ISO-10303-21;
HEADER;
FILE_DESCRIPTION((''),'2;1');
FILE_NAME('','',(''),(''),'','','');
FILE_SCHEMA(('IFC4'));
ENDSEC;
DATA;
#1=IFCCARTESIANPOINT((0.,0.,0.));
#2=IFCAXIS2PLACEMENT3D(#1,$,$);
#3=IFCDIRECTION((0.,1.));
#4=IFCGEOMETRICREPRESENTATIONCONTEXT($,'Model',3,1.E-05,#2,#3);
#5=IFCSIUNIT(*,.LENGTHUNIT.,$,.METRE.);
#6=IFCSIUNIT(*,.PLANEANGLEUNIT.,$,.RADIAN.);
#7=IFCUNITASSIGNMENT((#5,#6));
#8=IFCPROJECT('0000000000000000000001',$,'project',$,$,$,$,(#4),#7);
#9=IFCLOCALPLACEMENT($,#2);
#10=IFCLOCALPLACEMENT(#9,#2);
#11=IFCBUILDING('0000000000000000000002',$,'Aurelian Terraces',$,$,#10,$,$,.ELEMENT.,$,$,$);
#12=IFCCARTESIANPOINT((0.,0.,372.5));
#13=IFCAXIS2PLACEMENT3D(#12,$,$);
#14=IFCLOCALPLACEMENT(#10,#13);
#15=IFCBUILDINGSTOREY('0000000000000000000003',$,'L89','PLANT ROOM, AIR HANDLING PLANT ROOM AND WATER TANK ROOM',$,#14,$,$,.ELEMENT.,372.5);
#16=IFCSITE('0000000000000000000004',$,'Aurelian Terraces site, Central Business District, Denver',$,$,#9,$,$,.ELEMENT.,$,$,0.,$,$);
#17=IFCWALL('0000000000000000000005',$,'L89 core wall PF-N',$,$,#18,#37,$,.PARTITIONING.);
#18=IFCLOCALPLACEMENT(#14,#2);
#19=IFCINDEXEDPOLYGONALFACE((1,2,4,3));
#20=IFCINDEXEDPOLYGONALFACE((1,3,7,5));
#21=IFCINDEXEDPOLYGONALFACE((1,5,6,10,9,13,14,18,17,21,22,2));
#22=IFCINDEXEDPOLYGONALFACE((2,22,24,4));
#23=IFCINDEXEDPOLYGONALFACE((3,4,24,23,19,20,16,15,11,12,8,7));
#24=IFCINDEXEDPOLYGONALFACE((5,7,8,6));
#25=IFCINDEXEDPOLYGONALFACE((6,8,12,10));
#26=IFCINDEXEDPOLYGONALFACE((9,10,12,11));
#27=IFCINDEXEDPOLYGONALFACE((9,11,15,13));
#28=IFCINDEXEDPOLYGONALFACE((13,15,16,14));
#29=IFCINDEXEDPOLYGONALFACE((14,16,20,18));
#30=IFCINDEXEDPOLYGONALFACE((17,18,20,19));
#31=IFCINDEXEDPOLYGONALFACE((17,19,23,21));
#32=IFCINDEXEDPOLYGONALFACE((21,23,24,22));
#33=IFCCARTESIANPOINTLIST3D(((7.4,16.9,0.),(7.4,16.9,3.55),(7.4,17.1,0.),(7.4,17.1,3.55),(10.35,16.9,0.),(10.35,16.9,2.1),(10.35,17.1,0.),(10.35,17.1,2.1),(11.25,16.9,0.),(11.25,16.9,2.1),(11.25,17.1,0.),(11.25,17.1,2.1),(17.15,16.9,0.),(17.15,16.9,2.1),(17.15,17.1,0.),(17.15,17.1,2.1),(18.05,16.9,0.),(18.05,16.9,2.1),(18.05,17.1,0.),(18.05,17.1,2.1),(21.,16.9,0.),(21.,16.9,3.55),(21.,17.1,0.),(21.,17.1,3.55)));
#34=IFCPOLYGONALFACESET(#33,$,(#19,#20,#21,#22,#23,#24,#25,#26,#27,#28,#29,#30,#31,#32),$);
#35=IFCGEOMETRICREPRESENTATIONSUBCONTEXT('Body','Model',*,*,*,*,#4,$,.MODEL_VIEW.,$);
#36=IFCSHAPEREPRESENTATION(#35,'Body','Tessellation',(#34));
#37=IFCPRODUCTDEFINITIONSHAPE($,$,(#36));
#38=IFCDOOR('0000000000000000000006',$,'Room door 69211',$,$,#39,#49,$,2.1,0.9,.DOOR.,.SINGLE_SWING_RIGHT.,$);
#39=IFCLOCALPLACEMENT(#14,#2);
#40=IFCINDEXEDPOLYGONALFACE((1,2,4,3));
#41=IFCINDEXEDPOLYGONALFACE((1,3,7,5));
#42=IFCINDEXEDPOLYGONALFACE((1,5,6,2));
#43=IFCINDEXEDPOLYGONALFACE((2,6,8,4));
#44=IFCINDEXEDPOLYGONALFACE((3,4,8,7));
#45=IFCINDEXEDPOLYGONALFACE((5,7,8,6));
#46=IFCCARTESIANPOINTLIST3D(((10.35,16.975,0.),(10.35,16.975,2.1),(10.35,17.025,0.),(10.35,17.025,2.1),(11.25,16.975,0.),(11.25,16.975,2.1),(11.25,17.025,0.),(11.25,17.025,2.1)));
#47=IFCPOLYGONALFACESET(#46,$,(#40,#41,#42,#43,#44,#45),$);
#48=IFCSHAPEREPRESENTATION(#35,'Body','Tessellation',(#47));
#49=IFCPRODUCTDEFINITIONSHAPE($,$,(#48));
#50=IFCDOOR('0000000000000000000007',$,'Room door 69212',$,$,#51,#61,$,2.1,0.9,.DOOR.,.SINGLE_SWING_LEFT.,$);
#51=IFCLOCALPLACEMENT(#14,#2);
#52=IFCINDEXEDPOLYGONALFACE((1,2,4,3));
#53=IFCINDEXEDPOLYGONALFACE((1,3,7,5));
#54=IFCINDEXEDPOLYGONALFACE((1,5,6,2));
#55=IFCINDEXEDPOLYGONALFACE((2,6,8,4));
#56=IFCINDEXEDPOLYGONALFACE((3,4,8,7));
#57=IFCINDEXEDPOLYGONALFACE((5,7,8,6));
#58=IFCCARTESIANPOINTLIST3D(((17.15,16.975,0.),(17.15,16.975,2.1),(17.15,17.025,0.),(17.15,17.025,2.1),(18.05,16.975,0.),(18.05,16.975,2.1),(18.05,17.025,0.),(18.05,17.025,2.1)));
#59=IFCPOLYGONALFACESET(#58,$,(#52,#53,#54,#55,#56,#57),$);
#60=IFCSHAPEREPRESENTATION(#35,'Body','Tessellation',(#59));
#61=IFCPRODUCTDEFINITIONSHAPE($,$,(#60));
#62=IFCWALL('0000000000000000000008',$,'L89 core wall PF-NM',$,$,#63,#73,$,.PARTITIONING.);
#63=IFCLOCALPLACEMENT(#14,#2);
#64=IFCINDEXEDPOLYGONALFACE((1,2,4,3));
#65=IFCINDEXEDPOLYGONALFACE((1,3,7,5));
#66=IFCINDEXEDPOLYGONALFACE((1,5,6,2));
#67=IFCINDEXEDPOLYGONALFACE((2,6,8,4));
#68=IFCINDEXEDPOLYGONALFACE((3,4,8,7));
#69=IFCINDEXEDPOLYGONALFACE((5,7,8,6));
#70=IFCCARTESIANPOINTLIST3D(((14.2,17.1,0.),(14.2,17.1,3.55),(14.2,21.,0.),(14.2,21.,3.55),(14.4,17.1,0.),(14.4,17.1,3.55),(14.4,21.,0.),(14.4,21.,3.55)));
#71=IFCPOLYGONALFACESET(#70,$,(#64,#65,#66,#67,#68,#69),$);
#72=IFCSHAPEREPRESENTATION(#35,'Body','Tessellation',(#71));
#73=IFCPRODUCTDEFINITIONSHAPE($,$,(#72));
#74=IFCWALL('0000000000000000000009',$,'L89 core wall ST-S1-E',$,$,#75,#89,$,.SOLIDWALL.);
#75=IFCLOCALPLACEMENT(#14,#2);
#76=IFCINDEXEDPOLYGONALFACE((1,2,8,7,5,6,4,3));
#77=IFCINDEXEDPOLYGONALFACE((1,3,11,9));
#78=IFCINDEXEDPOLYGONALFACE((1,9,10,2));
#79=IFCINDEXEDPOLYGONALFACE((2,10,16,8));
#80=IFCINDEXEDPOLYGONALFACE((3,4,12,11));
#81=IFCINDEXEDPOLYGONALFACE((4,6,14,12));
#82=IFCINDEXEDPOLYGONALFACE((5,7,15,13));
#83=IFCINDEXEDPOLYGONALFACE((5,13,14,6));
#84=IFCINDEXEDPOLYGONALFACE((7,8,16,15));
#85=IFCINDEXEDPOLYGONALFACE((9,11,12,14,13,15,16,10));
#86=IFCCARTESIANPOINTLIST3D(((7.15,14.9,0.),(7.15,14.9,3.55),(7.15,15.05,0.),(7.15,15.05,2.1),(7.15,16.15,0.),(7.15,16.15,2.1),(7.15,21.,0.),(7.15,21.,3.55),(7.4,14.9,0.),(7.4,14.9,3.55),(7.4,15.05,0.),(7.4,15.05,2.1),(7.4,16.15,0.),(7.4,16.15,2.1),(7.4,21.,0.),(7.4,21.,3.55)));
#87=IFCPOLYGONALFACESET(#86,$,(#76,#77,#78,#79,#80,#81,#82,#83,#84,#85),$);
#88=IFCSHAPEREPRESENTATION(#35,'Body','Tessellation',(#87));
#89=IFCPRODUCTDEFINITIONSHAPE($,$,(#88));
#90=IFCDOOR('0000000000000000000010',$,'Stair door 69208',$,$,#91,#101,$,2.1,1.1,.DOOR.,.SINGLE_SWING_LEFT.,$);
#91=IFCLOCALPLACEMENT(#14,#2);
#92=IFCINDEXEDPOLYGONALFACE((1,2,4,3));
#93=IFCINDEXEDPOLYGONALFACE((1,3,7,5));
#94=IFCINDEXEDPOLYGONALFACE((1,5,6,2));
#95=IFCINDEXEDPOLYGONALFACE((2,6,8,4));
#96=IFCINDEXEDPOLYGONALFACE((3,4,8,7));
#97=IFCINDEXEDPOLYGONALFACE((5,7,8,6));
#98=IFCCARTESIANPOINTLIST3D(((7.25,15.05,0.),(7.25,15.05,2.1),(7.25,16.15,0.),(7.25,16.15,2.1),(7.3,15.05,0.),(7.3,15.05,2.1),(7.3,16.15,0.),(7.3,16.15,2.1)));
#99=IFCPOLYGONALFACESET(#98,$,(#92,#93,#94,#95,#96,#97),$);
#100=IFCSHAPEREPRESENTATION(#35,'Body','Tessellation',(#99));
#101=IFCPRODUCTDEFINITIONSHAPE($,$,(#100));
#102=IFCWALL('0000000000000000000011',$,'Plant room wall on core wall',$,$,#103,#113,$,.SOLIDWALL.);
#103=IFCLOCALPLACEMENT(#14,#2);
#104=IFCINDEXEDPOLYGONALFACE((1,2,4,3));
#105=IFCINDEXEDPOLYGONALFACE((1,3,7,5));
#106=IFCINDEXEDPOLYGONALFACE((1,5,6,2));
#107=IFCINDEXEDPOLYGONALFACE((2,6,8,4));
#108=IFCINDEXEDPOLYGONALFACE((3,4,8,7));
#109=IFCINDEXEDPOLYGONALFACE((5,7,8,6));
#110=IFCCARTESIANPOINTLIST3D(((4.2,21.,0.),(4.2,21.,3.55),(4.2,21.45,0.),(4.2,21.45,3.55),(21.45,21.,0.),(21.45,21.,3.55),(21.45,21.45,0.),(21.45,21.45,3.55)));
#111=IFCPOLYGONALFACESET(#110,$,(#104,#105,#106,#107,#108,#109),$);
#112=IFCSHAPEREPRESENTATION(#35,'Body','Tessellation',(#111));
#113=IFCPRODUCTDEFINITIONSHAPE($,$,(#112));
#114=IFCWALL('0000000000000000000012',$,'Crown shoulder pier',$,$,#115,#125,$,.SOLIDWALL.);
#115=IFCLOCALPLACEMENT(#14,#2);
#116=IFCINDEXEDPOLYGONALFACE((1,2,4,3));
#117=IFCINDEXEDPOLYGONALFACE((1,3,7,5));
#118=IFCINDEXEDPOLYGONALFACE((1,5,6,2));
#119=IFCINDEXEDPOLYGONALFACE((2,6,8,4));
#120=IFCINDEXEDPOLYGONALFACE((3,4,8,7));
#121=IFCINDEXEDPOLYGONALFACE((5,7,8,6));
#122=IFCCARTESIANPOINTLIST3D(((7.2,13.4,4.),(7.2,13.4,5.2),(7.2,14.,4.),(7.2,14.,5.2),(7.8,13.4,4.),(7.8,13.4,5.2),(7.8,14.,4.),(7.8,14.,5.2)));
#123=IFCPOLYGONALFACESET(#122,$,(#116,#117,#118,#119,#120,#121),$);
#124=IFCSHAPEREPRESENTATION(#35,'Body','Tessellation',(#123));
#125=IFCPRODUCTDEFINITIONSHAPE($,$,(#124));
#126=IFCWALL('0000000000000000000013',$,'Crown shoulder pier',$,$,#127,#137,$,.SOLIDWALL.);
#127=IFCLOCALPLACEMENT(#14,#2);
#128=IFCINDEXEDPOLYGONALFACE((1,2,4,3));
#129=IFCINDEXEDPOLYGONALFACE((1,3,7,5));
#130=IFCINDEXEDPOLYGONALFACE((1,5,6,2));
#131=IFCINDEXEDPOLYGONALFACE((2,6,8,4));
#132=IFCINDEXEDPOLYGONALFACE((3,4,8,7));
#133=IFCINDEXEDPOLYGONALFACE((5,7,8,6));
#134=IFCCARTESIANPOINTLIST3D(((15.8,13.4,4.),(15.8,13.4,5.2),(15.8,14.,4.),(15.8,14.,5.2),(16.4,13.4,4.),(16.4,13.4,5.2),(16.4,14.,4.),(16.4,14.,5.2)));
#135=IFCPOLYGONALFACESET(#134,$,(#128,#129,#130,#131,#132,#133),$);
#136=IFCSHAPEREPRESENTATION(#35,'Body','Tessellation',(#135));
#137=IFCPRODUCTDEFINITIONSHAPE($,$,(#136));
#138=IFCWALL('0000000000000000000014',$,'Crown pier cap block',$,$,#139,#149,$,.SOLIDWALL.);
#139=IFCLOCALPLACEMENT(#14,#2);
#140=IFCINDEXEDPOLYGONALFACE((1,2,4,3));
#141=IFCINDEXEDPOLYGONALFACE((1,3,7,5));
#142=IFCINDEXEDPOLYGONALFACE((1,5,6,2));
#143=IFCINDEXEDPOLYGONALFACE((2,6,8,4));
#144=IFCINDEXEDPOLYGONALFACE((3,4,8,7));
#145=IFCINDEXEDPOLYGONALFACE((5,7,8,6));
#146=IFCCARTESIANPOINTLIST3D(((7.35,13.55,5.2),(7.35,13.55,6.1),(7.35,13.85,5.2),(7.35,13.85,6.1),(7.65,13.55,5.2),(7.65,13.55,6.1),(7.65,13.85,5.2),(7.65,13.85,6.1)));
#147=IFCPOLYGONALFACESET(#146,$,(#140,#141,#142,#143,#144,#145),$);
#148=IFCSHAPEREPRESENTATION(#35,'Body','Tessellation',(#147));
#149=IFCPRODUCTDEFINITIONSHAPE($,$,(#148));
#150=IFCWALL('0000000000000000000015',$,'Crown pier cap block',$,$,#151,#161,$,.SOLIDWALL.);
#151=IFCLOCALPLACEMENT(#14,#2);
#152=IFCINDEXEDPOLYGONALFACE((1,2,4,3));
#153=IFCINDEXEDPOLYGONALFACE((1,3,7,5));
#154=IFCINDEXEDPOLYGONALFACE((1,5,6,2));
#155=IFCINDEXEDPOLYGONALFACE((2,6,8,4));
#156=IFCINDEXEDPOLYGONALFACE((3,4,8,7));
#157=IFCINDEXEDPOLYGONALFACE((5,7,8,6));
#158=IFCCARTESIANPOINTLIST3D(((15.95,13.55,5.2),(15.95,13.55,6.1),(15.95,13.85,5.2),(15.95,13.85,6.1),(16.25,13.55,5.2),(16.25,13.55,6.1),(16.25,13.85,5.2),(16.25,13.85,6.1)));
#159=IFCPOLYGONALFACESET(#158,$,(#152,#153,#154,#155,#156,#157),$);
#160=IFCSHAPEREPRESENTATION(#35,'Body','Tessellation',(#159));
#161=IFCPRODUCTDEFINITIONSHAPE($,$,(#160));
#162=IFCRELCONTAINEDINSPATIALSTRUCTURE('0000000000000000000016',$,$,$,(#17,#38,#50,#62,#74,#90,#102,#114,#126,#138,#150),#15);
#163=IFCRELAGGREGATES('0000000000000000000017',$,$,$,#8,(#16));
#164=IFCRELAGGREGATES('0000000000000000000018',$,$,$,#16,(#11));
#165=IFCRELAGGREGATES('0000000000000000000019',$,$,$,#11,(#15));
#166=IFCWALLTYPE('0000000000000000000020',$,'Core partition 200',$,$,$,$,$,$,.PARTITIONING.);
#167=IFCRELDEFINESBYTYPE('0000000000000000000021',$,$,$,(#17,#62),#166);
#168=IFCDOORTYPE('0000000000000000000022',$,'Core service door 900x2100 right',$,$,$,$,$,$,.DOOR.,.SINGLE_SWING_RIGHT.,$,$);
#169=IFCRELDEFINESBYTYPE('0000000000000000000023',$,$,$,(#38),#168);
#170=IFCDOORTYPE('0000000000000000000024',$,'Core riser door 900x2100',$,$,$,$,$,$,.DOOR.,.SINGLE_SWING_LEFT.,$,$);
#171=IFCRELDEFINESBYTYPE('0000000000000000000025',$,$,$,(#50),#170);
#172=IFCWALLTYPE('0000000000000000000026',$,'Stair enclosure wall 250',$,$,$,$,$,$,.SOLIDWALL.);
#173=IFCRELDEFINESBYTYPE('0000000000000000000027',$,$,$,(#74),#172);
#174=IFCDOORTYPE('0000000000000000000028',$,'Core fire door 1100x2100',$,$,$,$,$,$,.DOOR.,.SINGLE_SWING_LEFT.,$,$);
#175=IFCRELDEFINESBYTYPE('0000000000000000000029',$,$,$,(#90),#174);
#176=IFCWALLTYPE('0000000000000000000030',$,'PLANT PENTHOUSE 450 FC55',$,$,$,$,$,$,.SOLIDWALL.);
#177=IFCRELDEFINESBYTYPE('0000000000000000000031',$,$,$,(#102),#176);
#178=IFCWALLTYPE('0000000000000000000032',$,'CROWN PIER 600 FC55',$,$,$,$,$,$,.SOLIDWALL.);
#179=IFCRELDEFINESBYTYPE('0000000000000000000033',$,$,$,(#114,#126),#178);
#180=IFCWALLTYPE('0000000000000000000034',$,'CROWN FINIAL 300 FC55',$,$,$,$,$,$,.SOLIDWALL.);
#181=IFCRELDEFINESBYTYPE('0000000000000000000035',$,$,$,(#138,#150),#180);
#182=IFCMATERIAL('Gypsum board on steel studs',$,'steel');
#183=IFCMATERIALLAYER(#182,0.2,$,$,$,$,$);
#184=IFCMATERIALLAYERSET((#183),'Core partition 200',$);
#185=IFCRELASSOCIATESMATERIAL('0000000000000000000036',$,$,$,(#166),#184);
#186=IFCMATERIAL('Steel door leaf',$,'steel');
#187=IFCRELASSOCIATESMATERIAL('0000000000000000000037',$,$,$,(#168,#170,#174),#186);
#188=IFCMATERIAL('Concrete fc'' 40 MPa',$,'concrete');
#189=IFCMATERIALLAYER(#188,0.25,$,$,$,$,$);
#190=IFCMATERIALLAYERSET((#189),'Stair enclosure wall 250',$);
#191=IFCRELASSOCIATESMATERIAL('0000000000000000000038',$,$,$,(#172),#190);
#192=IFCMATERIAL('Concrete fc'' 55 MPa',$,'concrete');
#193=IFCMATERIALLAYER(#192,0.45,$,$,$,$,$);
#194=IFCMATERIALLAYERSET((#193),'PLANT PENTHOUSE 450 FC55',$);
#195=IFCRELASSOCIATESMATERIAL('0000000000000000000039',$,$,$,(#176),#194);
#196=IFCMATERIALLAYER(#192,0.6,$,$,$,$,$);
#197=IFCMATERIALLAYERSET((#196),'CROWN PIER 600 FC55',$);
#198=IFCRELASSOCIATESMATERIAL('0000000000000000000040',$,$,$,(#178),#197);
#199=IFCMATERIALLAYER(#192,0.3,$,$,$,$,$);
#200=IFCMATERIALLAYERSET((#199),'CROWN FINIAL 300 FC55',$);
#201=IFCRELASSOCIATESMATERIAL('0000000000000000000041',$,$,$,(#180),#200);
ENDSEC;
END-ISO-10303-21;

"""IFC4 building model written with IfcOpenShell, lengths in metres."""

from ifc_helpers import new_model, si_unit, direction, frame, frame_2d, origin, origin_2d, place, context, subcontext, project, spatial, rectangle, extrude, source, transform, mapped, material, layer, layer_set, type_object, element, fill, save


model = new_model("IFC4")

# Units and contexts
model_context = context("Model", 3, precision=1e-05, world=origin(), true_north=direction((0.0, 1.0)))
body_context = subcontext(model_context, "Body", "Model", "MODEL_VIEW")
ifc_project = project(units=[si_unit("LENGTHUNIT", "METRE"), si_unit("PLANEANGLEUNIT", "RADIAN")], contexts=[model_context])

# Site, building, storey
site_placement = place(None, origin())
site = spatial("IfcSite", under=ifc_project, at=site_placement, Name="Aurelian Terraces site, Central Business District, Denver", CompositionType="ELEMENT", RefElevation=0.0)
building_placement = place(site_placement, origin())
building = spatial("IfcBuilding", under=site, at=building_placement, Name="Aurelian Terraces", CompositionType="ELEMENT")
storey_placement = place(building_placement, frame((0.0, 0.0, 372.5)))
storey = spatial("IfcBuildingStorey", under=building, at=storey_placement, Name="L89", Description="PLANT ROOM, AIR HANDLING PLANT ROOM AND WATER TANK ROOM", CompositionType="ELEMENT", Elevation=372.5)

# Wall, openings, doors
ifc_material_1 = material(Name="Gypsum board on steel studs", Category="steel")
ifc_layer_1 = layer(ifc_material_1, 0.2)
ifc_layer_set_1 = layer_set([ifc_layer_1], Name="Core partition 200")
wall_type_1 = type_object("IfcWallType", Name="Core partition 200", PredefinedType="PARTITIONING", material=ifc_layer_set_1)
wall_1_placement = place(storey_placement, frame((7.4, 17.0, 0.0), z_axis=(0.0, 0.0, 1.0), x_axis=(1.0, 0.0, 0.0)))
wall_1 = element("IfcWall", 1, at=wall_1_placement, inside=storey, type_object=wall_type_1, Name="L89 core wall PF-N", PredefinedType="PARTITIONING", context=body_context, shape_type="SweptSolid", body=[
    extrude(rectangle(XDim=13.6, YDim=0.2, at=frame_2d((6.8, 0.0))), origin(), (0.0, 0.0, 1.0), 3.55),
])
shared_shape_1 = source(origin(), body_context, "Body", "SweptSolid", [
    extrude(rectangle(XDim=0.9, YDim=2.1, at=frame_2d((0.45, 1.05))), frame((0.0, 0.11, 0.0), z_axis=(0.0, -1.0, 0.0), x_axis=(1.0, 0.0, 0.0)), (0.0, 0.0, 1.0), 0.22),
])
opening_1_placement = place(wall_1_placement, frame((2.95, 0.0, 0.0)))
opening_1 = element("IfcOpeningElement", 2, at=opening_1_placement, cuts=wall_1, PredefinedType="OPENING", context=body_context, shape_type="MappedRepresentation", body=[
    mapped(shared_shape_1, transform((0.0, 0.0, 0.0), scale=1.0)),
])
opening_2_placement = place(wall_1_placement, frame((9.75, 0.0, 0.0)))
opening_2 = element("IfcOpeningElement", 3, at=opening_2_placement, cuts=wall_1, PredefinedType="OPENING", context=body_context, shape_type="MappedRepresentation", body=[
    mapped(shared_shape_1, transform((0.0, 0.0, 0.0), scale=1.0)),
])
ifc_material_2 = material(Name="Steel door leaf", Category="steel")
door_type_1 = type_object("IfcDoorType", Name="Core service door 900x2100 right", OperationType="SINGLE_SWING_RIGHT", PredefinedType="DOOR", material=ifc_material_2)
shared_shape_2 = source(origin(), body_context, "Body", "SweptSolid", [
    extrude(rectangle(XDim=0.9, YDim=2.1, at=frame_2d((0.45, 1.05))), frame((0.0, 0.025, 0.0), z_axis=(0.0, -1.0, 0.0), x_axis=(1.0, 0.0, 0.0)), (0.0, 0.0, 1.0), 0.05),
])
door_1_placement = place(opening_1_placement, origin())
door_1 = element("IfcDoor", 4, at=door_1_placement, inside=storey, type_object=door_type_1, Name="Room door 69211", OperationType="SINGLE_SWING_RIGHT", OverallHeight=2.1, OverallWidth=0.9, PredefinedType="DOOR", context=body_context, shape_type="MappedRepresentation", body=[
    mapped(shared_shape_2, transform((0.0, 0.0, 0.0), scale=1.0)),
])
fill(opening_1, door_1)
door_type_2 = type_object("IfcDoorType", Name="Core riser door 900x2100", OperationType="SINGLE_SWING_LEFT", PredefinedType="DOOR", material=ifc_material_2)
door_2_placement = place(opening_2_placement, origin())
door_2 = element("IfcDoor", 5, at=door_2_placement, inside=storey, type_object=door_type_2, Name="Room door 69212", OperationType="SINGLE_SWING_LEFT", OverallHeight=2.1, OverallWidth=0.9, PredefinedType="DOOR", context=body_context, shape_type="MappedRepresentation", body=[
    mapped(shared_shape_2, transform((0.0, 0.0, 0.0), scale=1.0)),
])
fill(opening_2, door_2)

# Wall
wall_2_placement = place(storey_placement, frame((14.3, 17.1, 0.0), z_axis=(0.0, 0.0, 1.0), x_axis=(0.0, 1.0, 0.0)))
element("IfcWall", 6, at=wall_2_placement, inside=storey, type_object=wall_type_1, Name="L89 core wall PF-NM", PredefinedType="PARTITIONING", context=body_context, shape_type="SweptSolid", body=[
    extrude(rectangle(XDim=3.9, YDim=0.2, at=frame_2d((1.95, 0.0))), origin(), (0.0, 0.0, 1.0), 3.55),
])

# Wall, opening, door
ifc_material_3 = material(Name="Concrete fc' 40 MPa", Category="concrete")
ifc_layer_2 = layer(ifc_material_3, 0.25)
ifc_layer_set_2 = layer_set([ifc_layer_2], Name="Stair enclosure wall 250")
wall_type_2 = type_object("IfcWallType", Name="Stair enclosure wall 250", PredefinedType="SOLIDWALL", material=ifc_layer_set_2)
wall_3_placement = place(storey_placement, frame((7.275, 14.9, 0.0), z_axis=(0.0, 0.0, 1.0), x_axis=(0.0, 1.0, 0.0)))
wall_3 = element("IfcWall", 7, at=wall_3_placement, inside=storey, type_object=wall_type_2, Name="L89 core wall ST-S1-E", PredefinedType="SOLIDWALL", context=body_context, shape_type="SweptSolid", body=[
    extrude(rectangle(XDim=6.1, YDim=0.25, at=frame_2d((3.05, 0.0))), origin(), (0.0, 0.0, 1.0), 3.55),
])
shared_shape_3 = source(origin(), body_context, "Body", "SweptSolid", [
    extrude(rectangle(XDim=1.1, YDim=2.1, at=frame_2d((0.55, 1.05))), frame((0.0, 0.135, 0.0), z_axis=(0.0, -1.0, 0.0), x_axis=(1.0, 0.0, 0.0)), (0.0, 0.0, 1.0), 0.27),
])
opening_3_placement = place(wall_3_placement, frame((0.15, 0.0, 0.0)))
opening_3 = element("IfcOpeningElement", 8, at=opening_3_placement, cuts=wall_3, PredefinedType="OPENING", context=body_context, shape_type="MappedRepresentation", body=[
    mapped(shared_shape_3, transform((0.0, 0.0, 0.0), scale=1.0)),
])
door_type_3 = type_object("IfcDoorType", Name="Core fire door 1100x2100", OperationType="SINGLE_SWING_LEFT", PredefinedType="DOOR", material=ifc_material_2)
shared_shape_4 = source(origin(), body_context, "Body", "SweptSolid", [
    extrude(rectangle(XDim=1.1, YDim=2.1, at=frame_2d((0.55, 1.05))), frame((0.0, 0.025, 0.0), z_axis=(0.0, -1.0, 0.0), x_axis=(1.0, 0.0, 0.0)), (0.0, 0.0, 1.0), 0.05),
])
door_3_placement = place(opening_3_placement, origin())
door_3 = element("IfcDoor", 9, at=door_3_placement, inside=storey, type_object=door_type_3, Name="Stair door 69208", OperationType="SINGLE_SWING_LEFT", OverallHeight=2.1, OverallWidth=1.1, PredefinedType="DOOR", context=body_context, shape_type="MappedRepresentation", body=[
    mapped(shared_shape_4, transform((0.0, 0.0, 0.0), scale=1.0)),
])
fill(opening_3, door_3)

# Walls
ifc_material_4 = material(Name="Concrete fc' 55 MPa", Category="concrete")
ifc_layer_3 = layer(ifc_material_4, 0.45)
ifc_layer_set_3 = layer_set([ifc_layer_3], Name="PLANT PENTHOUSE 450 FC55")
wall_type_3 = type_object("IfcWallType", Name="PLANT PENTHOUSE 450 FC55", PredefinedType="SOLIDWALL", material=ifc_layer_set_3)
shared_shape_5 = source(origin(), body_context, "Body", "SweptSolid", [
    extrude(rectangle(XDim=17.25, YDim=0.45, at=frame_2d((8.625, 0.0))), origin(), (0.0, 0.0, 1.0), 3.55),
])
wall_4_placement = place(storey_placement, frame((4.2, 21.225, 0.0), z_axis=(0.0, 0.0, 1.0), x_axis=(1.0, 0.0, 0.0)))
element("IfcWall", 10, at=wall_4_placement, inside=storey, type_object=wall_type_3, Name="Plant room wall on core wall", PredefinedType="SOLIDWALL", context=body_context, shape_type="MappedRepresentation", body=[
    mapped(shared_shape_5, transform((0.0, 0.0, 0.0), scale=1.0)),
])
ifc_layer_4 = layer(ifc_material_4, 0.6)
ifc_layer_set_4 = layer_set([ifc_layer_4], Name="CROWN PIER 600 FC55")
wall_type_4 = type_object("IfcWallType", Name="CROWN PIER 600 FC55", PredefinedType="SOLIDWALL", material=ifc_layer_set_4)
shared_shape_6 = source(origin(), body_context, "Body", "SweptSolid", [
    extrude(rectangle(XDim=0.6, YDim=0.6, at=origin_2d()), origin(), (0.0, 0.0, 1.0), 1.2),
])
for number, where, z_axis, x_axis, name in (
    (11, (7.5, 13.7, 4.0), (0.0, 0.0, 1.0), (1.0, 0.0, 0.0), "Crown shoulder pier"),
    (12, (16.1, 13.7, 4.0), (0.0, 0.0, 1.0), (1.0, 0.0, 0.0), "Crown shoulder pier"),
):
    element("IfcWall", number, at=place(storey_placement, frame(where, z_axis=z_axis, x_axis=x_axis)), inside=storey, type_object=wall_type_4, Name=name, PredefinedType="SOLIDWALL", context=body_context, shape_type="MappedRepresentation", body=[
        mapped(shared_shape_6, transform((0.0, 0.0, 0.0), scale=1.0)),
    ])
ifc_layer_5 = layer(ifc_material_4, 0.3)
ifc_layer_set_5 = layer_set([ifc_layer_5], Name="CROWN FINIAL 300 FC55")
wall_type_5 = type_object("IfcWallType", Name="CROWN FINIAL 300 FC55", PredefinedType="SOLIDWALL", material=ifc_layer_set_5)
shared_shape_7 = source(origin(), body_context, "Body", "SweptSolid", [
    extrude(rectangle(XDim=0.3, YDim=0.3, at=origin_2d()), origin(), (0.0, 0.0, 1.0), 0.9),
])
for number, where, z_axis, x_axis, name in (
    (13, (7.5, 13.7, 5.2), (0.0, 0.0, 1.0), (1.0, 0.0, 0.0), "Crown pier cap block"),
    (14, (16.1, 13.7, 5.2), (0.0, 0.0, 1.0), (1.0, 0.0, 0.0), "Crown pier cap block"),
):
    element("IfcWall", number, at=place(storey_placement, frame(where, z_axis=z_axis, x_axis=x_axis)), inside=storey, type_object=wall_type_5, Name=name, PredefinedType="SOLIDWALL", context=body_context, shape_type="MappedRepresentation", body=[
        mapped(shared_shape_7, transform((0.0, 0.0, 0.0), scale=1.0)),
    ])

save(model, "model.ifc")
